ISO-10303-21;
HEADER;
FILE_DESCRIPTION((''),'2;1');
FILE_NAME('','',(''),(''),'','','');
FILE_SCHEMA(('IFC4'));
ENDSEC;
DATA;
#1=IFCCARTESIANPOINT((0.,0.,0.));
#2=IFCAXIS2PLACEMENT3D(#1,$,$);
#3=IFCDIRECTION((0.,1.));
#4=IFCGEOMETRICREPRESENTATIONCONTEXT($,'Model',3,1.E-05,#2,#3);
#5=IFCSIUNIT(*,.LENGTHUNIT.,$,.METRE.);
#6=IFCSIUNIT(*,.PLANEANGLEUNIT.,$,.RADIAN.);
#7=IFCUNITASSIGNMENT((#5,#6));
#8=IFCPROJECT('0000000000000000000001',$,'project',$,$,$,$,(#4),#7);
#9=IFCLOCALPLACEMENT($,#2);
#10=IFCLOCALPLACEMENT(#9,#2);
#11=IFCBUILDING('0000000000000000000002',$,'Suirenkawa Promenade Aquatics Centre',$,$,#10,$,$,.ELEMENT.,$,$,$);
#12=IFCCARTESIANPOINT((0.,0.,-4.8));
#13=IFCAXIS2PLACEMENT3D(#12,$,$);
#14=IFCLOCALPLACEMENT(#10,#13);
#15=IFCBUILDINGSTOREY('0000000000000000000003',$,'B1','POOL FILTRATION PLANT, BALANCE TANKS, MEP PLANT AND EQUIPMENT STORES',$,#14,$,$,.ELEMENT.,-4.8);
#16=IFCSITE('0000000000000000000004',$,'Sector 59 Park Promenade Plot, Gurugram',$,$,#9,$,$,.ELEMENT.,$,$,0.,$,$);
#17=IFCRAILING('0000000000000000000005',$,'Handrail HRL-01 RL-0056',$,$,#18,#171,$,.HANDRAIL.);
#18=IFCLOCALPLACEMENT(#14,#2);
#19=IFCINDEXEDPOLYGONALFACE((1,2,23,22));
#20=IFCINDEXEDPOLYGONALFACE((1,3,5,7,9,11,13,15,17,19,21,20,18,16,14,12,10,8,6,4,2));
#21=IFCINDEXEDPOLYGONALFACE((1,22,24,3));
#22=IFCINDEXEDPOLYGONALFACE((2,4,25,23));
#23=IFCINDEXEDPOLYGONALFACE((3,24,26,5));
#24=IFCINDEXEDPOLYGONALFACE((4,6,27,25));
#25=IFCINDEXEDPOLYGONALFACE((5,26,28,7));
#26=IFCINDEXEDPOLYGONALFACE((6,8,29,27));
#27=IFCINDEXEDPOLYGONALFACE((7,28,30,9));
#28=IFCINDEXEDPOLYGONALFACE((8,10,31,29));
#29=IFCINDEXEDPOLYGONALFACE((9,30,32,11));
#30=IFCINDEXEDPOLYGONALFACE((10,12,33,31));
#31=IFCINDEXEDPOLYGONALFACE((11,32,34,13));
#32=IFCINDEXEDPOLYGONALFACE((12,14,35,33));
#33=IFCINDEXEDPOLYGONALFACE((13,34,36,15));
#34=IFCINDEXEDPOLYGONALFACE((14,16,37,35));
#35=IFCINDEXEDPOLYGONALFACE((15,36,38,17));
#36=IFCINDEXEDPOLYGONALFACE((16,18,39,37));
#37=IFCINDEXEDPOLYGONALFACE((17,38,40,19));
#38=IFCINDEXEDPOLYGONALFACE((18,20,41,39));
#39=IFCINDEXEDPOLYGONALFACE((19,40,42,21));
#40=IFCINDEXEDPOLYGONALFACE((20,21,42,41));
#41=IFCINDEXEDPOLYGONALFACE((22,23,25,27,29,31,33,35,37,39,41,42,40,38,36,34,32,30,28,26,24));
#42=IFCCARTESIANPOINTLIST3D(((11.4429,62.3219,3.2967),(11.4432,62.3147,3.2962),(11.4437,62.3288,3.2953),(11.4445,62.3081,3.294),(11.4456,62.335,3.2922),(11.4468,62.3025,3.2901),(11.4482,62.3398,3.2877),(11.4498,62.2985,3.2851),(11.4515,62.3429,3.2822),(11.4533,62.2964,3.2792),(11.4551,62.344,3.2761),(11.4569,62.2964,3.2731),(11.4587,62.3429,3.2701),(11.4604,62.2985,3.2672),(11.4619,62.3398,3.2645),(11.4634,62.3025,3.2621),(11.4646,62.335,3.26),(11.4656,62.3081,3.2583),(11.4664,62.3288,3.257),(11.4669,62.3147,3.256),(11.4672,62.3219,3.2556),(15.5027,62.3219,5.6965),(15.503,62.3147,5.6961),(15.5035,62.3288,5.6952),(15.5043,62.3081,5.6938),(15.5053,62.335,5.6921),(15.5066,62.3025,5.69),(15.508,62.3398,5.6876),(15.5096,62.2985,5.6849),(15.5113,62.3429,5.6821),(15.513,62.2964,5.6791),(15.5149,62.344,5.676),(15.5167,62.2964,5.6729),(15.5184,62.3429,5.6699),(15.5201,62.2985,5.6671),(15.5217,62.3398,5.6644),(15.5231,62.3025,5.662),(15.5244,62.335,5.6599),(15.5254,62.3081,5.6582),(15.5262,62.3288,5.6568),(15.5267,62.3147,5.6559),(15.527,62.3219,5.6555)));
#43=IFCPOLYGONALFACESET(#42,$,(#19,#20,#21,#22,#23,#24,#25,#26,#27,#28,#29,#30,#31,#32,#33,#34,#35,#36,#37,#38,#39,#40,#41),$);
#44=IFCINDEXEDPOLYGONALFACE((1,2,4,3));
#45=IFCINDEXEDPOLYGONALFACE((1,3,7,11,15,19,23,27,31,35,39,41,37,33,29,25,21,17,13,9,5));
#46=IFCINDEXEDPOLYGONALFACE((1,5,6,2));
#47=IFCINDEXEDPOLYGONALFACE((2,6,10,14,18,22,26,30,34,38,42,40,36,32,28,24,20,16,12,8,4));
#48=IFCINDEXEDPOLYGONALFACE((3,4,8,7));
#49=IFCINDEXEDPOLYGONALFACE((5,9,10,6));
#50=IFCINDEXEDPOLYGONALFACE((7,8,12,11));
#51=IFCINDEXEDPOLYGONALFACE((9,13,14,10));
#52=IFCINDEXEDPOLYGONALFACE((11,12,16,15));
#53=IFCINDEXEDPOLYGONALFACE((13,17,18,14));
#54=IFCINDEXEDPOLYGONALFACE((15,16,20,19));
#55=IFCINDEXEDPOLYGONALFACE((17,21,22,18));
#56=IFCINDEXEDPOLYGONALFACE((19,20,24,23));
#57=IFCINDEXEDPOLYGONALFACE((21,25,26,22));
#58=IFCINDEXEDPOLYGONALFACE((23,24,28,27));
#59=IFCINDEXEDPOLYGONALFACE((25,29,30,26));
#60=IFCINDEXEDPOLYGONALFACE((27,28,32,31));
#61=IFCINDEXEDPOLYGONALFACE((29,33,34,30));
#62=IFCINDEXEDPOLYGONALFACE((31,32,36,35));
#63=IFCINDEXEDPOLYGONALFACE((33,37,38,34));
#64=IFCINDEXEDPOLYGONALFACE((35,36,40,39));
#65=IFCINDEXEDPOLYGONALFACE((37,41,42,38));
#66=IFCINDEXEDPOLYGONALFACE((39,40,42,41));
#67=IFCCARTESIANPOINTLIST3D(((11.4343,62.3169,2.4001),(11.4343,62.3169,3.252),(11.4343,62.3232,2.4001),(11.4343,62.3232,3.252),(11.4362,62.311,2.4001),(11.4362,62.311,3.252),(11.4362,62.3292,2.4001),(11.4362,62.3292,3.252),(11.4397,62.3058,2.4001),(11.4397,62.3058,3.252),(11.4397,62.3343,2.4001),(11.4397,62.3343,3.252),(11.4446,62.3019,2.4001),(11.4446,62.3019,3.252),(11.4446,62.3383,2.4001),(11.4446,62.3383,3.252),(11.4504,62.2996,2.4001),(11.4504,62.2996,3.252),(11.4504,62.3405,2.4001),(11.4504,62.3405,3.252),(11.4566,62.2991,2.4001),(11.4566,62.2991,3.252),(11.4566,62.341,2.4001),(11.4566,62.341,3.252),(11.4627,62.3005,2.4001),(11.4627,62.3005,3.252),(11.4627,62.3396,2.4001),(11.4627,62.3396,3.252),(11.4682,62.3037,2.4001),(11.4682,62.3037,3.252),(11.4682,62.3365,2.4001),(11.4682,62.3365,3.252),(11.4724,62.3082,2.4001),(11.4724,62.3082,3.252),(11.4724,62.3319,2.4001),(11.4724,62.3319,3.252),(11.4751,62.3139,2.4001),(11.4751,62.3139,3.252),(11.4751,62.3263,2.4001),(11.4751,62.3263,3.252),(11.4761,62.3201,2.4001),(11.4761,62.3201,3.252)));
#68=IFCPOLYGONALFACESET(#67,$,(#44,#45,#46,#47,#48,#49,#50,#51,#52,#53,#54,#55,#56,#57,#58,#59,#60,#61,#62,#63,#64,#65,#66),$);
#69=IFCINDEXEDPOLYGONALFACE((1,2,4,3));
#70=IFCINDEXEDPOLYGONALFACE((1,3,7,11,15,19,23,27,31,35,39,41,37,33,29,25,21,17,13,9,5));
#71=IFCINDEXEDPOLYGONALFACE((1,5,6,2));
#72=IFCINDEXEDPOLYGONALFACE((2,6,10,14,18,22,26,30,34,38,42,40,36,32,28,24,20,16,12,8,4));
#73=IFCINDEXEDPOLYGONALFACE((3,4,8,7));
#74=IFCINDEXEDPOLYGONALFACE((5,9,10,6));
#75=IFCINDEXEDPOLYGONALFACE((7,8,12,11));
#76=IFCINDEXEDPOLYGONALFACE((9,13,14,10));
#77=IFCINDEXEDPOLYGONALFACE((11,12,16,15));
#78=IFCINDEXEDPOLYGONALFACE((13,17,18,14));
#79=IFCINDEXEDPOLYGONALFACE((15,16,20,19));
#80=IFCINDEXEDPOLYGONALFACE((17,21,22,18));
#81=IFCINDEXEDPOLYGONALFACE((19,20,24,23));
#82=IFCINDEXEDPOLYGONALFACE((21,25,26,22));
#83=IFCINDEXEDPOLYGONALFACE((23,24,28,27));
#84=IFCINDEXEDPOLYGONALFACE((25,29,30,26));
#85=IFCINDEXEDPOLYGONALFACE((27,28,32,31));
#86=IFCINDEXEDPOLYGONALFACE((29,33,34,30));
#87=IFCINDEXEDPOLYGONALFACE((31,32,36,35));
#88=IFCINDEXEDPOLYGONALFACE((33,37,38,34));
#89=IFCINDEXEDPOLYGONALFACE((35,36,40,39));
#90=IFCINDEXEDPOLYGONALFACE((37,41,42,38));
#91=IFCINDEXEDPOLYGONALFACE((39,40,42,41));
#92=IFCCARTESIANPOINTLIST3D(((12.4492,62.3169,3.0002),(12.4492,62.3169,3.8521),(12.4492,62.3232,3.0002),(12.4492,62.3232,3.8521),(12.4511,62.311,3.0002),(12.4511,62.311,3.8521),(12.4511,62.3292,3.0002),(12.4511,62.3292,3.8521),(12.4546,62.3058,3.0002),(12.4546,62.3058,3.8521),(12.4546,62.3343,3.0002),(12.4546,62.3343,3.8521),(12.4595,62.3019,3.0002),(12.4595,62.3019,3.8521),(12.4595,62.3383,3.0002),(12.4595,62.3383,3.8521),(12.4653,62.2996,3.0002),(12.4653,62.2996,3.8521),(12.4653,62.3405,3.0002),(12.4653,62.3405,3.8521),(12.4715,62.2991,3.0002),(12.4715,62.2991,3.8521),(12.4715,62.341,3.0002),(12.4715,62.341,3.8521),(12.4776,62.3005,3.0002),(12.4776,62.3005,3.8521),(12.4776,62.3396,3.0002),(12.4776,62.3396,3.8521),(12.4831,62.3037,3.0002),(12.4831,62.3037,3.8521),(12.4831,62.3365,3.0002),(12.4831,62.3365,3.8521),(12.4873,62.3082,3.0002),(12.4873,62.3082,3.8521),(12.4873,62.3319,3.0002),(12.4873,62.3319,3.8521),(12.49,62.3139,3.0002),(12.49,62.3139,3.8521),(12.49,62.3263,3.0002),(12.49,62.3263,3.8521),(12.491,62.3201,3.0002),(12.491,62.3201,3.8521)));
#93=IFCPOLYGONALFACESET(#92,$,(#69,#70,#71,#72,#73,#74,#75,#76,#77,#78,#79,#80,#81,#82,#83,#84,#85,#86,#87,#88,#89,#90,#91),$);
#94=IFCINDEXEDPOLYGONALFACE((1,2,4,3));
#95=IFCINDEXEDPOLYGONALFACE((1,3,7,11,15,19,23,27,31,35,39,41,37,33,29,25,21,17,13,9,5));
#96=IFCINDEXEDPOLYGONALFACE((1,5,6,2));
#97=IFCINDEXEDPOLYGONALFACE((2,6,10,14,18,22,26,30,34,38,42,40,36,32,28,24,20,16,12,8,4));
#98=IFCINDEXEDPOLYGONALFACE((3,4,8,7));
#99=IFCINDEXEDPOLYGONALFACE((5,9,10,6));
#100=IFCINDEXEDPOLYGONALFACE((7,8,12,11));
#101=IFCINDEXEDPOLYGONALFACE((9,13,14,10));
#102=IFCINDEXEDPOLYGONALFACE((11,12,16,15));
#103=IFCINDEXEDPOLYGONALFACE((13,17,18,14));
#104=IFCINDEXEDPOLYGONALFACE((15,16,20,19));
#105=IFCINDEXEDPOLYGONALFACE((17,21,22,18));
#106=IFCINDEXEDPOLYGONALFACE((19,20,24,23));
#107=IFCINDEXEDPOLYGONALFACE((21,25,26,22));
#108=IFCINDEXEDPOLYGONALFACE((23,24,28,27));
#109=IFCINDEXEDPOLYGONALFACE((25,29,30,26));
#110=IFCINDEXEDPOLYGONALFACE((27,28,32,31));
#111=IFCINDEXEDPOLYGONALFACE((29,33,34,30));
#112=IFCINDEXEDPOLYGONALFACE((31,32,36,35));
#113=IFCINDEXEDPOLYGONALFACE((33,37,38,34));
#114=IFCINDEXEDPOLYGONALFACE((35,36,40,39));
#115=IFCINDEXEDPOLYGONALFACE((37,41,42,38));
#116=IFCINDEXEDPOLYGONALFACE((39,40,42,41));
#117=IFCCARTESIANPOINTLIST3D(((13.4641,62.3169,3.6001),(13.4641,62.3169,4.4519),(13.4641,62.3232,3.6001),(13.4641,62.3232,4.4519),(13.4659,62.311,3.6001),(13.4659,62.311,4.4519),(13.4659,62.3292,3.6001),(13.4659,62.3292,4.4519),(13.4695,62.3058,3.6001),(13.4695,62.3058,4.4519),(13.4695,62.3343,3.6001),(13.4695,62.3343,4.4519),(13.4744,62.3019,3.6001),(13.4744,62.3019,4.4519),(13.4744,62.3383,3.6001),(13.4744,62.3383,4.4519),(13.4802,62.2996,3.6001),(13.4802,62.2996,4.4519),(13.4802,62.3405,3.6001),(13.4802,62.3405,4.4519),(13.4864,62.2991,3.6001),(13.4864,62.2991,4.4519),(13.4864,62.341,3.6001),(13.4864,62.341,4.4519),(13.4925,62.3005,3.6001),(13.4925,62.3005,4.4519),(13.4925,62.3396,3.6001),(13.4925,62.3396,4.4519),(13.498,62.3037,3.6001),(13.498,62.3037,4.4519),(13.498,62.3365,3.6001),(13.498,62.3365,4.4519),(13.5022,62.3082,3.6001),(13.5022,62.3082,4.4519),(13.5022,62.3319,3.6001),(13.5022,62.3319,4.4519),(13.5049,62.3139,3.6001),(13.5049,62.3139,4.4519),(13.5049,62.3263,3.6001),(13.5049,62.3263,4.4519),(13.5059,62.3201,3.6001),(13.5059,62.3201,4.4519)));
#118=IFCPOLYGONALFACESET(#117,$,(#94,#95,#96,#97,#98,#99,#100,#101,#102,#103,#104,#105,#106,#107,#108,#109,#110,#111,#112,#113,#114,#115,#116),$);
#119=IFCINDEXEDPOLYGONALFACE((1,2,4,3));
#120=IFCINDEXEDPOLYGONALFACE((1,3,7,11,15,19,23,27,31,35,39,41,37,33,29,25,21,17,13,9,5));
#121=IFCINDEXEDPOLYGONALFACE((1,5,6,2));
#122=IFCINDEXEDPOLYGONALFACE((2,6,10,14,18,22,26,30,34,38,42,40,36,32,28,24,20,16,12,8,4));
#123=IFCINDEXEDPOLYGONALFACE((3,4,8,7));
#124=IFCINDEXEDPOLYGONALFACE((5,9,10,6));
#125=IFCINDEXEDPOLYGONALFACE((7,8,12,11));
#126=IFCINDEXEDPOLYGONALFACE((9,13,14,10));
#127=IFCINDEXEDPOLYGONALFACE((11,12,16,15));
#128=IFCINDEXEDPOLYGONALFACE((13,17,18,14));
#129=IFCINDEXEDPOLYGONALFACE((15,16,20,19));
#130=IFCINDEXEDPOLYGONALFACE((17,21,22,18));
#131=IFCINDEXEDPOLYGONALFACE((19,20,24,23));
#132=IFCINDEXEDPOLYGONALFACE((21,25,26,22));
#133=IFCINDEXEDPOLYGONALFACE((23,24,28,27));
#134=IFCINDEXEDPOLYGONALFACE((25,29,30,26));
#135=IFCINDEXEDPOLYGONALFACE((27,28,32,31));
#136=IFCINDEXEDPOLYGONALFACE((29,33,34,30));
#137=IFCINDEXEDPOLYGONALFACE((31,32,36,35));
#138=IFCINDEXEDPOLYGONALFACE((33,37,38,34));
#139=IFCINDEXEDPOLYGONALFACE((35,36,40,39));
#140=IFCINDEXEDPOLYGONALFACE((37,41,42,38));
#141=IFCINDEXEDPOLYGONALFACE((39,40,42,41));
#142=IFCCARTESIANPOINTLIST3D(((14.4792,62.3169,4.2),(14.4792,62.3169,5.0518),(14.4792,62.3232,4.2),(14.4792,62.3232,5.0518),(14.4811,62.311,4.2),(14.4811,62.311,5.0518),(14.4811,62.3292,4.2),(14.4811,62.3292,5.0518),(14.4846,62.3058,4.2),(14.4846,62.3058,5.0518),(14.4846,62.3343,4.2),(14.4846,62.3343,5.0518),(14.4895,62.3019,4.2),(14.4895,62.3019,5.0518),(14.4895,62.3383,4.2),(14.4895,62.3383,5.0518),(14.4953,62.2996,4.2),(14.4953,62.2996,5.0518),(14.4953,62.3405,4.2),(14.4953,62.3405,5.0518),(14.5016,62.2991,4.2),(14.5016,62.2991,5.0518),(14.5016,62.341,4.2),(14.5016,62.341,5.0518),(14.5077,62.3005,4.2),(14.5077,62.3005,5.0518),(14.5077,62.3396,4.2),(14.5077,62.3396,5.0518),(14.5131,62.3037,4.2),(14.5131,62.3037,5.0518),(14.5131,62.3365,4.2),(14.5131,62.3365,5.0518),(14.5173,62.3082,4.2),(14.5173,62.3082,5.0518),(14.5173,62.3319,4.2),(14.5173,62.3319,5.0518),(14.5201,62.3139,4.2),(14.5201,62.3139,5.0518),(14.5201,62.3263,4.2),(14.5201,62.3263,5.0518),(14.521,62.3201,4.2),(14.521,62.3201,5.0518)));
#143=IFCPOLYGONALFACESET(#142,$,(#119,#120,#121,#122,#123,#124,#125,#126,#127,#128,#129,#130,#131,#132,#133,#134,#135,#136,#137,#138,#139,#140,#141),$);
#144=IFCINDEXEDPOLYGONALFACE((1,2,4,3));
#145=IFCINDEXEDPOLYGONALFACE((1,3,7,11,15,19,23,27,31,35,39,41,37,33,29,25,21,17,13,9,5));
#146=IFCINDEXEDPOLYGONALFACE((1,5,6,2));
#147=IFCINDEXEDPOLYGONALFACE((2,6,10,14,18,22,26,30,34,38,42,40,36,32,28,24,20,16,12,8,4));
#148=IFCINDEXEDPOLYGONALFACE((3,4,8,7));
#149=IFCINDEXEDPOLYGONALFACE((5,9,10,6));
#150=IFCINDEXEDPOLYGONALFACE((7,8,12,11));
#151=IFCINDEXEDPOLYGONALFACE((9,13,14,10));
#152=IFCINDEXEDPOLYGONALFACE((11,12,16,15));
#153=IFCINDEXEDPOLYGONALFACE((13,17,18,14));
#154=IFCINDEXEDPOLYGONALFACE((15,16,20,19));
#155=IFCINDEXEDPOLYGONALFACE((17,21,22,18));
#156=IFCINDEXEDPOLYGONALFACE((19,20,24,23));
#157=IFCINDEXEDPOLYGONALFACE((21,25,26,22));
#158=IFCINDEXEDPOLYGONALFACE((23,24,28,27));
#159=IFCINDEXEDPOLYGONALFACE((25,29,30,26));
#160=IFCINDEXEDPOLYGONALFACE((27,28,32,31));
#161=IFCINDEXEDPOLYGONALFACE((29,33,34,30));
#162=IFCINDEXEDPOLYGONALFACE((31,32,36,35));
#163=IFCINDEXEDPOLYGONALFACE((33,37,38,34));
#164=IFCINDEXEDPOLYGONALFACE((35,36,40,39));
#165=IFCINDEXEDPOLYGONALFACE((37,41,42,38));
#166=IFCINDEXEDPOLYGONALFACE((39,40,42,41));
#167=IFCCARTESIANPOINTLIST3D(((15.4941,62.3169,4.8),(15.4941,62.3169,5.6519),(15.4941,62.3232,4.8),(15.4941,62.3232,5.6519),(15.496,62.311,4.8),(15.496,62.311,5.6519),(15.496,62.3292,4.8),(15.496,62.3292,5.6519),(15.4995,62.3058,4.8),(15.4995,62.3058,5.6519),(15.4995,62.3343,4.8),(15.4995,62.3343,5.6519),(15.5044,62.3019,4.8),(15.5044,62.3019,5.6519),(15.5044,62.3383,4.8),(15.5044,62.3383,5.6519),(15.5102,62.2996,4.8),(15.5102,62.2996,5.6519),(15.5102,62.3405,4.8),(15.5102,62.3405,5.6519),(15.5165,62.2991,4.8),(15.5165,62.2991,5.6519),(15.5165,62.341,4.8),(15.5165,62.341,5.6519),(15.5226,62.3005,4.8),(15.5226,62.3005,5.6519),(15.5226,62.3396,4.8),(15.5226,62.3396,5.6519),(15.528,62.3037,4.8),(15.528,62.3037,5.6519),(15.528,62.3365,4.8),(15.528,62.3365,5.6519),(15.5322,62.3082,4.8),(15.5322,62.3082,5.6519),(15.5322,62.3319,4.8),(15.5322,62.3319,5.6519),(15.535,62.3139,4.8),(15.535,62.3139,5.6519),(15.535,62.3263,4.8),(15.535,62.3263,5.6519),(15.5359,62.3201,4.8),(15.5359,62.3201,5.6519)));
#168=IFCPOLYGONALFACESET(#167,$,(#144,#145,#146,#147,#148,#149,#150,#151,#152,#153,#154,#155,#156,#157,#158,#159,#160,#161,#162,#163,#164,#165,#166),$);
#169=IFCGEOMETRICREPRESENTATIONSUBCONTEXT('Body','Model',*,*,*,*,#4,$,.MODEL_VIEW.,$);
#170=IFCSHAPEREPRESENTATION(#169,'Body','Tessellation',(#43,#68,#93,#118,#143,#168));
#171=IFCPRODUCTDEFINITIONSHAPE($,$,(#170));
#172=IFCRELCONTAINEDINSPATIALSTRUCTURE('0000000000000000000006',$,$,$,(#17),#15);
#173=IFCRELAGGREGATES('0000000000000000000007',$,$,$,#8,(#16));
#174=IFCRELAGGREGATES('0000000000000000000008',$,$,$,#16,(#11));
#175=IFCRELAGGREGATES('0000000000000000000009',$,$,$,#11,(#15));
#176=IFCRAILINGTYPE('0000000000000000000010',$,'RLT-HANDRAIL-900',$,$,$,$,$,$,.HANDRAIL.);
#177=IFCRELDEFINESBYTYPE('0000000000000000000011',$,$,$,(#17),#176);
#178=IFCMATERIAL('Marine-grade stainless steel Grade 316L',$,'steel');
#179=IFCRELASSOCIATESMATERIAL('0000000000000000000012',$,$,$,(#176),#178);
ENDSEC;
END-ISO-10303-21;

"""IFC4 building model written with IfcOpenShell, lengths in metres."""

from ifc_helpers import new_model, si_unit, direction, frame, origin, origin_2d, place, context, subcontext, project, spatial, circle, extrude, material, type_object, element, save


model = new_model("IFC4")

# Units and contexts
model_context = context("Model", 3, precision=1e-05, world=origin(), true_north=direction((0.0, 1.0)))
body_context = subcontext(model_context, "Body", "Model", "MODEL_VIEW")
ifc_project = project(units=[si_unit("LENGTHUNIT", "METRE"), si_unit("PLANEANGLEUNIT", "RADIAN")], contexts=[model_context])

# Site, building, storey
site_placement = place(None, origin())
site = spatial("IfcSite", under=ifc_project, at=site_placement, Name="Sector 59 Park Promenade Plot, Gurugram", CompositionType="ELEMENT", RefElevation=0.0)
building_placement = place(site_placement, origin())
building = spatial("IfcBuilding", under=site, at=building_placement, Name="Suirenkawa Promenade Aquatics Centre", CompositionType="ELEMENT")
storey_placement = place(building_placement, frame((0.0, 0.0, -4.8)))
storey = spatial("IfcBuildingStorey", under=building, at=storey_placement, Name="B1", Description="POOL FILTRATION PLANT, BALANCE TANKS, MEP PLANT AND EQUIPMENT STORES", CompositionType="ELEMENT", Elevation=-4.8)

# Railing
ifc_material_1 = material(Name="Marine-grade stainless steel Grade 316L", Category="steel")
railing_type_1 = type_object("IfcRailingType", Name="RLT-HANDRAIL-900", PredefinedType="HANDRAIL", material=ifc_material_1)
for number, where, name in (
    (1, (11.4551, 62.3201, 2.4001), "Handrail HRL-01 RL-0056"),
):
    element("IfcRailing", number, at=place(storey_placement, frame(where)), inside=storey, type_object=railing_type_1, Name=name, PredefinedType="HANDRAIL", context=body_context, shape_type="SweptSolid", body=[
        extrude(circle(Radius=0.0239, at=origin_2d()), frame((0.0, 0.0, 0.876), z_axis=(0.860841, 0.0, 0.508874), x_axis=(0.0, 1.0, 0.0)), (0.0, 0.0, 1.0), 4.7161),
        extrude(circle(Radius=0.021, at=origin_2d()), origin(), (0.0, 0.0, 1.0), 0.8518),
        extrude(circle(Radius=0.021, at=origin_2d()), frame((1.0149, 0.0, 0.6001)), (0.0, 0.0, 1.0), 0.8518),
        extrude(circle(Radius=0.021, at=origin_2d()), frame((2.0298, 0.0, 1.2)), (0.0, 0.0, 1.0), 0.8518),
        extrude(circle(Radius=0.021, at=origin_2d()), frame((3.0449, 0.0, 1.7998)), (0.0, 0.0, 1.0), 0.8518),
        extrude(circle(Radius=0.021, at=origin_2d()), frame((4.0598, 0.0, 2.3999)), (0.0, 0.0, 1.0), 0.8518),
    ])

save(model, "model.ifc")
